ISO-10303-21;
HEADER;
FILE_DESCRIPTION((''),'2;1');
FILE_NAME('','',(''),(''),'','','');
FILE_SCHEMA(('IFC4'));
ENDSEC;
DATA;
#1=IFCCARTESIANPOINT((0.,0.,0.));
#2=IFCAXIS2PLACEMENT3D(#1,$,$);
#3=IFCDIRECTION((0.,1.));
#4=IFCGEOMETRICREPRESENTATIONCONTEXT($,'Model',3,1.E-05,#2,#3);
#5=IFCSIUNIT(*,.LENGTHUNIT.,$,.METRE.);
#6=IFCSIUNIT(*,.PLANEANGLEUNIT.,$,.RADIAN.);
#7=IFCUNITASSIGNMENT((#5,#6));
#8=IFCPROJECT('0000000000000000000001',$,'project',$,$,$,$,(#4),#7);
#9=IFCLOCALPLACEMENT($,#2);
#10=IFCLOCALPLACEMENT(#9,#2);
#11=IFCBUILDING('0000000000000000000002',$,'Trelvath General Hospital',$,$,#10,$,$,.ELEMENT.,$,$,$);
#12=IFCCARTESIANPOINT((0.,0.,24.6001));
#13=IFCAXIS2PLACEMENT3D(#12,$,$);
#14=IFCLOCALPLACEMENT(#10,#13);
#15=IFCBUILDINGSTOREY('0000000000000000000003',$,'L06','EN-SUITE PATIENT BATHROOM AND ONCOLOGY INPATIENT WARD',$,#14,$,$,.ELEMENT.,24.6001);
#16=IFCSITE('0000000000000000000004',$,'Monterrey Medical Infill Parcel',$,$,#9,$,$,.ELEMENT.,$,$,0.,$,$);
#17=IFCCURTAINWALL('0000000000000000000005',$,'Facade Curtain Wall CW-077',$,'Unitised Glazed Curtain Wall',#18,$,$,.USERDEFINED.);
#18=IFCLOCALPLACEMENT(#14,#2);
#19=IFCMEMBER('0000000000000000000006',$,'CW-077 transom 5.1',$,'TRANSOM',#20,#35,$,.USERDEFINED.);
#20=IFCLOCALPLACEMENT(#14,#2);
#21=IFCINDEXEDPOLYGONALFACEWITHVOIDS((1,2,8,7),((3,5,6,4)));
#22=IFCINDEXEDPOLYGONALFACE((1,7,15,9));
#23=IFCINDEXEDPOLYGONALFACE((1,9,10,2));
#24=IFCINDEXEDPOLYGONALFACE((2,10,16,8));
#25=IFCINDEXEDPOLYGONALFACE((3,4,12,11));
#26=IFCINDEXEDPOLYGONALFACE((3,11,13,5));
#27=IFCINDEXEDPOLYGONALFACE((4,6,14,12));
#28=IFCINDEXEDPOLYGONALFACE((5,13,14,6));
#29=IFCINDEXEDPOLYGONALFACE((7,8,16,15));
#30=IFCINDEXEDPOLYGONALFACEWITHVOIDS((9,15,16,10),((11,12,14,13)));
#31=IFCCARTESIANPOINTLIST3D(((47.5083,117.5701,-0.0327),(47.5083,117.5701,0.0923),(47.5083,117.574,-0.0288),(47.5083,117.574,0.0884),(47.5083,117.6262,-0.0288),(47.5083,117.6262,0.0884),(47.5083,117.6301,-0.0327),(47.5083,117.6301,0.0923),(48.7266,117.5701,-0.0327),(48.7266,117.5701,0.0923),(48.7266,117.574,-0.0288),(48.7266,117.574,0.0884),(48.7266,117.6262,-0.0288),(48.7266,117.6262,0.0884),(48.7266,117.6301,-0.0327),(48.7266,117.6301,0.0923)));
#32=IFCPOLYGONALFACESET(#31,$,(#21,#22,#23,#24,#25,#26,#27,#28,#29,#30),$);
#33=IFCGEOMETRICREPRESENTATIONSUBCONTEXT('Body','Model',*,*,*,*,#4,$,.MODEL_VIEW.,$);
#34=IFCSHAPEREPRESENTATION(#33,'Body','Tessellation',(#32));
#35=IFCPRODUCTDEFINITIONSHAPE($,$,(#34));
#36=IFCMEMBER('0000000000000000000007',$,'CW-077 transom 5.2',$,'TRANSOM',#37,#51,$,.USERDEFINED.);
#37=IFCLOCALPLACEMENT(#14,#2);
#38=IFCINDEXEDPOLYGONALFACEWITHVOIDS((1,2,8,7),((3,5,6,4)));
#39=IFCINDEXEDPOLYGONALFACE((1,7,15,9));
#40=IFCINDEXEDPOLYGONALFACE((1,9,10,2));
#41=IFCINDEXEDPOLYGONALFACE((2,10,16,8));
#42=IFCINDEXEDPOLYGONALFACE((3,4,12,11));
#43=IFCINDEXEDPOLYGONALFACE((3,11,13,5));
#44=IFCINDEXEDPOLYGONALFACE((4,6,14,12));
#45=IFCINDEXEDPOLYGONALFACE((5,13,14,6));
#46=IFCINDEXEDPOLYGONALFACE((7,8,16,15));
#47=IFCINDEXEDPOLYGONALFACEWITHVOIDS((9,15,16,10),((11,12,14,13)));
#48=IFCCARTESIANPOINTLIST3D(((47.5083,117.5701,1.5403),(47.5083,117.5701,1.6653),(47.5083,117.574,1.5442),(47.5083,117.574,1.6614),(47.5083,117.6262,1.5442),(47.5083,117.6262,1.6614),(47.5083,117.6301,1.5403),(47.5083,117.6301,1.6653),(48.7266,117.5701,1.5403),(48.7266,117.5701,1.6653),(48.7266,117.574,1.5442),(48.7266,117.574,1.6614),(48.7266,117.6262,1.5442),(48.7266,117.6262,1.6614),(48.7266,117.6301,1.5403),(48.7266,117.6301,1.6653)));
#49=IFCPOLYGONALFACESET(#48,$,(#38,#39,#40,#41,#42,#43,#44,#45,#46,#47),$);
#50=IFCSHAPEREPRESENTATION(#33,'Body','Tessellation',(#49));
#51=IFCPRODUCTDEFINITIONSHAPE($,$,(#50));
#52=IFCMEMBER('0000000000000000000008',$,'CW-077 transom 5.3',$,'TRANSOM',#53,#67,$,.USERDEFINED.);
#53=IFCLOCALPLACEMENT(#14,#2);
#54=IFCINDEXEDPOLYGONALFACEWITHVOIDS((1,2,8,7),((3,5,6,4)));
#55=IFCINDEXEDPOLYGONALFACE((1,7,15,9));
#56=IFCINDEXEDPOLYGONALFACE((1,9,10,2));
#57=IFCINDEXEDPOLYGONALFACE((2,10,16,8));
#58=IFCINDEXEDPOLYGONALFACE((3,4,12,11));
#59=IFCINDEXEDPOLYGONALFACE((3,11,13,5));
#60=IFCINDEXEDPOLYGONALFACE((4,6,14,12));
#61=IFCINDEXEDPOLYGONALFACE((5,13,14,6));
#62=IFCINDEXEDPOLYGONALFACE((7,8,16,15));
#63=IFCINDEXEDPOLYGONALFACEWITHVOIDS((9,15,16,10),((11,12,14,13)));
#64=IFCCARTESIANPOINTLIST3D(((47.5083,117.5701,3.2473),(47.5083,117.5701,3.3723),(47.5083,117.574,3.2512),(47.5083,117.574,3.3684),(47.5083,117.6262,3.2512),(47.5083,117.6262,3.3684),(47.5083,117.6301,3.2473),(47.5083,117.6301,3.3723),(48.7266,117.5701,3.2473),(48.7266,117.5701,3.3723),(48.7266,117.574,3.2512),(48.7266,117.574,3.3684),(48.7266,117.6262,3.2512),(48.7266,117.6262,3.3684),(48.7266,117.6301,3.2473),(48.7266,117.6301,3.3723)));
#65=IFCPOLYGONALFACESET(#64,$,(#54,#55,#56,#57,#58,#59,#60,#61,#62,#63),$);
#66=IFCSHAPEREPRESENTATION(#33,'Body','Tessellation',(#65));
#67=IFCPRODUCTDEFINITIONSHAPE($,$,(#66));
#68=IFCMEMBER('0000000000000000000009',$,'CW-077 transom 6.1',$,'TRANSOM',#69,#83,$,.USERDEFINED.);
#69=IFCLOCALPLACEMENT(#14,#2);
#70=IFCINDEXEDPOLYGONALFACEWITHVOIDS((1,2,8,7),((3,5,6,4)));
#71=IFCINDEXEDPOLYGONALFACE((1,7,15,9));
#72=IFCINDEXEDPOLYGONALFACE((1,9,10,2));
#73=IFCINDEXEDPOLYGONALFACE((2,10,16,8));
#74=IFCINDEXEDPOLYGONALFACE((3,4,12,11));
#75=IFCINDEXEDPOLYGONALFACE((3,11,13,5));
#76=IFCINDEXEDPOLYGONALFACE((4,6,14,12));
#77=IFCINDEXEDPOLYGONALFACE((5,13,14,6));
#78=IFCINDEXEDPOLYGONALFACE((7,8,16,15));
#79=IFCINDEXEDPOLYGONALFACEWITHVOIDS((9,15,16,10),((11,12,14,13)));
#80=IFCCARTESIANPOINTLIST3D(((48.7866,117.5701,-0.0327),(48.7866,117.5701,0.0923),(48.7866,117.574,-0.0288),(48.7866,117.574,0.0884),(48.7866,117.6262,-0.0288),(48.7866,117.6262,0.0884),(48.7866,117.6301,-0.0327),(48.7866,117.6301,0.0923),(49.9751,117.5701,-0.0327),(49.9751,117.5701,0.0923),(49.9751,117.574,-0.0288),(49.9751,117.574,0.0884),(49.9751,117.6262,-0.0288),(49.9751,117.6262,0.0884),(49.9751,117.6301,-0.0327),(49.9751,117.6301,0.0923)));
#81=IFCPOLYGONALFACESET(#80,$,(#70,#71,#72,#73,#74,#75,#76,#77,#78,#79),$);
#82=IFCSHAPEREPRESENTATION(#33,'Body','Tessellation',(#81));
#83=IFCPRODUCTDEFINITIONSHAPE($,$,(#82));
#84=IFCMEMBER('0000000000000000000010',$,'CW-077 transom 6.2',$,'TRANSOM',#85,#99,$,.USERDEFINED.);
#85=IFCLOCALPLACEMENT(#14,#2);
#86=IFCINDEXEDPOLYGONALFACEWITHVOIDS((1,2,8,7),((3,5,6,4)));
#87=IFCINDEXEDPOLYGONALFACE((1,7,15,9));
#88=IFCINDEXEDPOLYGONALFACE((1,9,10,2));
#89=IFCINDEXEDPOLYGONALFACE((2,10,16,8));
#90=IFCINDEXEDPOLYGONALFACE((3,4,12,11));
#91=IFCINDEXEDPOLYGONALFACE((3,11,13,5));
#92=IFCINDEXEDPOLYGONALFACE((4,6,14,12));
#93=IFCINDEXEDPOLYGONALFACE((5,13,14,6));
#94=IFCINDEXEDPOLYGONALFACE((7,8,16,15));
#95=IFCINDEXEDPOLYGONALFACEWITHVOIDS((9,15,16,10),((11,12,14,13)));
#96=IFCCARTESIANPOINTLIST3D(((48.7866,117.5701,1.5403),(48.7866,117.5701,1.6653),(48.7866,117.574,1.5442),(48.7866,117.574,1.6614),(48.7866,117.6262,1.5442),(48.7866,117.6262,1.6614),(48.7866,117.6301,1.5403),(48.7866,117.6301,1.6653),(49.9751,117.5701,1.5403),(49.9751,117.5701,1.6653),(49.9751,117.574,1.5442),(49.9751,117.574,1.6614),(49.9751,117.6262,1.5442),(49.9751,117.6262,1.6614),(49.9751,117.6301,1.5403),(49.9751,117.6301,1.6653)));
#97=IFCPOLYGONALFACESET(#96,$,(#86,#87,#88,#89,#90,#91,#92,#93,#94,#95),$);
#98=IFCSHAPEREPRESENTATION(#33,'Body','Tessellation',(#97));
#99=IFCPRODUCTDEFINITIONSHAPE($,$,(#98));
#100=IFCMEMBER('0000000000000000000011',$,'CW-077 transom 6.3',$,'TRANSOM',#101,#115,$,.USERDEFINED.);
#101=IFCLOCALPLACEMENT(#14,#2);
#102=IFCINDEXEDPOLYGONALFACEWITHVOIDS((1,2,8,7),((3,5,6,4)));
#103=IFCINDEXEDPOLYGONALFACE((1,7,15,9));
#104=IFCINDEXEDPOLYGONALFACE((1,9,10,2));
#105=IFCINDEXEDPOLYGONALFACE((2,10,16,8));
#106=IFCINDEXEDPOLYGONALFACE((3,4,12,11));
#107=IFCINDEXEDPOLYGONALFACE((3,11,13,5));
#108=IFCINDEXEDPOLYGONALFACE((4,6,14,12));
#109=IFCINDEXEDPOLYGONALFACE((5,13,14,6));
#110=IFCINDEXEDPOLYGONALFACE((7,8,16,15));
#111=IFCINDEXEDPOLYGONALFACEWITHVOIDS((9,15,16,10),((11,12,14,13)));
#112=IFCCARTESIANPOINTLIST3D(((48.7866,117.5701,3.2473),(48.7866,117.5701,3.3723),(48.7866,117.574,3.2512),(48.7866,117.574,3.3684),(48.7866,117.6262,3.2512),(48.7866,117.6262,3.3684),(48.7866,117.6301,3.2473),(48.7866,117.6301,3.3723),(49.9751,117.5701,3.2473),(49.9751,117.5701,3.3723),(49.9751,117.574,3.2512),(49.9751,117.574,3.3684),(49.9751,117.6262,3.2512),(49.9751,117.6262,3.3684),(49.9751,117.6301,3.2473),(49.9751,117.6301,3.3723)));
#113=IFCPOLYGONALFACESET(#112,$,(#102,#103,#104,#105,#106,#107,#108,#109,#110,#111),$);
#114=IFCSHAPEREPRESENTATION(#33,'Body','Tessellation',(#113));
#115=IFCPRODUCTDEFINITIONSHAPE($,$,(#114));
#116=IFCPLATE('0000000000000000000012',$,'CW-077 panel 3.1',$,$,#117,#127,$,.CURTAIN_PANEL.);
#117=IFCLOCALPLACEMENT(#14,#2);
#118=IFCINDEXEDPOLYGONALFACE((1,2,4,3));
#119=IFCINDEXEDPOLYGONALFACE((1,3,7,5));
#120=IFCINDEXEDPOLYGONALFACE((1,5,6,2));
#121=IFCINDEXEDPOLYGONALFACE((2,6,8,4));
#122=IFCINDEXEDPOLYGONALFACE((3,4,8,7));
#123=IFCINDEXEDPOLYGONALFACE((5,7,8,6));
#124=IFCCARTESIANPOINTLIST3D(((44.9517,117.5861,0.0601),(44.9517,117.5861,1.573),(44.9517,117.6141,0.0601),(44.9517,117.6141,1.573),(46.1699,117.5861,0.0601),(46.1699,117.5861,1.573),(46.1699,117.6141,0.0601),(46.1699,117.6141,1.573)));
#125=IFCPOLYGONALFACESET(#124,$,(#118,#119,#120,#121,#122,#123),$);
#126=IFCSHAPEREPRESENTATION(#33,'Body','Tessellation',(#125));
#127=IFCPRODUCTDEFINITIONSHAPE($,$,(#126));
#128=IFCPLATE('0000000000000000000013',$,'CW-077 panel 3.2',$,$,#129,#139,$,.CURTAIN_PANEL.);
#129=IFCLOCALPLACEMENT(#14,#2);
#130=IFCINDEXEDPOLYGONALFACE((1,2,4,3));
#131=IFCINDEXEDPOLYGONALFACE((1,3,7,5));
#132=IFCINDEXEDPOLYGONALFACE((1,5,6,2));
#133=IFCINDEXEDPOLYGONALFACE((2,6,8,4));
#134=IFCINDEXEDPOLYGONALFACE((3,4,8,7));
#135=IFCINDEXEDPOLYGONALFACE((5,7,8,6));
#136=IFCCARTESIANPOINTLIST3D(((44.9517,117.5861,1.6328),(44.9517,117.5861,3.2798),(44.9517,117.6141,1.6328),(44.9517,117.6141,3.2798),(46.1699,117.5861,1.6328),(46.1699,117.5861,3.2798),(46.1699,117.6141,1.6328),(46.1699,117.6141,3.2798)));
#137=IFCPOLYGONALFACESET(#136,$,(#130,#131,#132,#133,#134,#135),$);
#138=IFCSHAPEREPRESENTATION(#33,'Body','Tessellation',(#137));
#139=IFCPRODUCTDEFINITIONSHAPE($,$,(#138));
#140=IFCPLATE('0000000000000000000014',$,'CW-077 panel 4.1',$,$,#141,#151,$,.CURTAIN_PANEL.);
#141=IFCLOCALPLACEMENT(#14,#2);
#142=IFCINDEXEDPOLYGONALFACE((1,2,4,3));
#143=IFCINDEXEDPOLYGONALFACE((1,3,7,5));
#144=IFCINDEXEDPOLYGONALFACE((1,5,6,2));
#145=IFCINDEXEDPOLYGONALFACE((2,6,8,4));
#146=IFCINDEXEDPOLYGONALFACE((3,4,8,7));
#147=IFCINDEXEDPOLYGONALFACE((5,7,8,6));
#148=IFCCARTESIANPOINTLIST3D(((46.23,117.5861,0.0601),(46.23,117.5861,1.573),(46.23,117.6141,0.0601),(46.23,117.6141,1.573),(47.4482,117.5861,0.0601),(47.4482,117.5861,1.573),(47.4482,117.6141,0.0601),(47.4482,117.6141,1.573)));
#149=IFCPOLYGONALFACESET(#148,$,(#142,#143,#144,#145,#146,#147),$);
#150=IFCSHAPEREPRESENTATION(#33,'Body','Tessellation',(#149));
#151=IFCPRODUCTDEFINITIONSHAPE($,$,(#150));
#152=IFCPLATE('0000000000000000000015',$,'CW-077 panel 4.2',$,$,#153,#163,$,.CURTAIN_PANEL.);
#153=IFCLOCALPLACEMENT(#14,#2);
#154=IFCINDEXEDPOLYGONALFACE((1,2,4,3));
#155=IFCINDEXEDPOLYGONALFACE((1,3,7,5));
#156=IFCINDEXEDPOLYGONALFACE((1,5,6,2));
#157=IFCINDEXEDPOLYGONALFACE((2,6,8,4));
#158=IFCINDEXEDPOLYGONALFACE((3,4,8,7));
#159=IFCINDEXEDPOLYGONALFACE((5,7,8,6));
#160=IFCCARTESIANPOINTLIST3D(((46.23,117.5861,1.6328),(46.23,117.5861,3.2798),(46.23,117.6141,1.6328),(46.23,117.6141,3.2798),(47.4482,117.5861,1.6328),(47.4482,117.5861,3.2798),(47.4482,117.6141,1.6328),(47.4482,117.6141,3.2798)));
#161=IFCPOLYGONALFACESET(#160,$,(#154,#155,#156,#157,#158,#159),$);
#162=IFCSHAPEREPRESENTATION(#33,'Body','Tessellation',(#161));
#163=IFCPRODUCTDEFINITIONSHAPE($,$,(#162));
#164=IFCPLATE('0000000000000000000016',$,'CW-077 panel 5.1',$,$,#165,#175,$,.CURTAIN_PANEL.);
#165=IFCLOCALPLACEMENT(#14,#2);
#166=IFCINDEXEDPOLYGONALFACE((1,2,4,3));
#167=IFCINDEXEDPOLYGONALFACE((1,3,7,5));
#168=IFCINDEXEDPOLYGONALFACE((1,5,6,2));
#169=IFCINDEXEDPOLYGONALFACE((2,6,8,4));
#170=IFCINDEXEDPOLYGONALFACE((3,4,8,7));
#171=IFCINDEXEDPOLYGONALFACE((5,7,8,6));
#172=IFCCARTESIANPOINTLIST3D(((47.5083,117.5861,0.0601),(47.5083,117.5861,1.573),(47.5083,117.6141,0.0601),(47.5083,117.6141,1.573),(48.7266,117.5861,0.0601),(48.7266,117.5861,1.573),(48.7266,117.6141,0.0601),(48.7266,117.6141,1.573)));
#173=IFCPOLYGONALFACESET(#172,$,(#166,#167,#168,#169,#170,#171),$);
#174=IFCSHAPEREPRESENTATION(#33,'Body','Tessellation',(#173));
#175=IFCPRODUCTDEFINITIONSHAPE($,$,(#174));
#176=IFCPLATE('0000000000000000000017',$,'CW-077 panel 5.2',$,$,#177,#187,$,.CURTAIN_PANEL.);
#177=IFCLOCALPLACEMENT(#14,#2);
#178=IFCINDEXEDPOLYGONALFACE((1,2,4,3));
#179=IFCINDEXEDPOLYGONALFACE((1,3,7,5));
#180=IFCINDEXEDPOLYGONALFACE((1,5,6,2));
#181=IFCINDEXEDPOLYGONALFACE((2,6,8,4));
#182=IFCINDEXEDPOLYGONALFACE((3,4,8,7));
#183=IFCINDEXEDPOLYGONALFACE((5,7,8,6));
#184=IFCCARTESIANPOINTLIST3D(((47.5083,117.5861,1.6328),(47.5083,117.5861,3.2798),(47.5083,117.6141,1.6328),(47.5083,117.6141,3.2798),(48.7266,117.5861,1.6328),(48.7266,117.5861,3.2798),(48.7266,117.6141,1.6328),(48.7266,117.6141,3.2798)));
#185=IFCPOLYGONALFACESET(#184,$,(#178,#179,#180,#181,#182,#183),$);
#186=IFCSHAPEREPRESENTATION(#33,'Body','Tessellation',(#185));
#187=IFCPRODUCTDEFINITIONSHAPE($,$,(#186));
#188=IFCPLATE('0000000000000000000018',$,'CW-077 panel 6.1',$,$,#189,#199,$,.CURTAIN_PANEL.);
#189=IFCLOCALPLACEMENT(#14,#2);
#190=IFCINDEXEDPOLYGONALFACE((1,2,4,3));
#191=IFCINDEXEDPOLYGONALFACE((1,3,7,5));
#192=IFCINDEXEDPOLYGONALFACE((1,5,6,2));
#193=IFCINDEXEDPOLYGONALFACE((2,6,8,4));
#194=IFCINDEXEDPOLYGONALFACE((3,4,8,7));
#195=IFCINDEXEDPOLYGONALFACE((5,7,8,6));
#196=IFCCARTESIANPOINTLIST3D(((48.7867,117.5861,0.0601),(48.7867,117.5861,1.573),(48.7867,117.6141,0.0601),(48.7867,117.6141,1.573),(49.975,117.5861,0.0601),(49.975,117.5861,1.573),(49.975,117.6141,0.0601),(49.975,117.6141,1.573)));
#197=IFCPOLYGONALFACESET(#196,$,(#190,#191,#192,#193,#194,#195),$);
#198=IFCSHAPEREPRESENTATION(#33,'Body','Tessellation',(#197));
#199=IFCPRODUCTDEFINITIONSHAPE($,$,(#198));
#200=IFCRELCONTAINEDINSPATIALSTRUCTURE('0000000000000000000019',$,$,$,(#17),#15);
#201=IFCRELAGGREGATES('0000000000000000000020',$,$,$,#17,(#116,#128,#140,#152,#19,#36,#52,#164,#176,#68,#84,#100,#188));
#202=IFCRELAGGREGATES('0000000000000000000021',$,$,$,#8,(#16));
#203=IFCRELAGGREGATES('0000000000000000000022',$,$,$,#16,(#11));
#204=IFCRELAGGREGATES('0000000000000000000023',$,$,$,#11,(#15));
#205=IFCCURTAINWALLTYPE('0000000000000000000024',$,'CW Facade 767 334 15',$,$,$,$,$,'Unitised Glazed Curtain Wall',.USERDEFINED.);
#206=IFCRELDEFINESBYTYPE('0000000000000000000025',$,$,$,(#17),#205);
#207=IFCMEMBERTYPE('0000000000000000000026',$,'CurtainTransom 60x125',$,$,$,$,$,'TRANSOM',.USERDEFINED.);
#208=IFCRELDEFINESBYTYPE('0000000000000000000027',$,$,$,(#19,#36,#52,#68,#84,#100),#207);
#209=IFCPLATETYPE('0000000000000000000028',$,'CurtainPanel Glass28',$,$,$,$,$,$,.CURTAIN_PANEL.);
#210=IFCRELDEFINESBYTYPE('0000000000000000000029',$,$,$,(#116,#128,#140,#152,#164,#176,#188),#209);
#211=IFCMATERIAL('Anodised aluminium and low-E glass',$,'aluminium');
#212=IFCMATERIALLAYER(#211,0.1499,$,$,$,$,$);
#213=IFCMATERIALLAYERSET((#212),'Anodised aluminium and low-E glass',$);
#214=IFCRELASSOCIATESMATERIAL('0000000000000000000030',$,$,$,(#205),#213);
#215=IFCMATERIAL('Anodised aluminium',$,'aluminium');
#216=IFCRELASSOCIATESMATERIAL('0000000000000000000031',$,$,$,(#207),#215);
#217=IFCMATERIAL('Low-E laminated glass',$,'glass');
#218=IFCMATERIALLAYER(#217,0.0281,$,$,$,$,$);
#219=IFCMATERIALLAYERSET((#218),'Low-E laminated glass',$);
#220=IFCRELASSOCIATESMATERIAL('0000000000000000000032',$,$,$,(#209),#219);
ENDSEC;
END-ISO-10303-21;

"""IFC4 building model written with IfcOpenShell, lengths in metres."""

from ifc_helpers import new_model, si_unit, direction, frame, origin, origin_2d, place, context, subcontext, project, spatial, rectangle, hollow_rectangle, extrude, material, layer, layer_set, material_profile, profile_set, type_object, element, aggregate, save


model = new_model("IFC4")

# Units and contexts
model_context = context("Model", 3, precision=1e-05, world=origin(), true_north=direction((0.0, 1.0)))
body_context = subcontext(model_context, "Body", "Model", "MODEL_VIEW")
ifc_project = project(units=[si_unit("LENGTHUNIT", "METRE"), si_unit("PLANEANGLEUNIT", "RADIAN")], contexts=[model_context])

# Site, building, storey
site_placement = place(None, origin())
site = spatial("IfcSite", under=ifc_project, at=site_placement, Name="Monterrey Medical Infill Parcel", CompositionType="ELEMENT", RefElevation=0.0)
building_placement = place(site_placement, origin())
building = spatial("IfcBuilding", under=site, at=building_placement, Name="Trelvath General Hospital", CompositionType="ELEMENT")
storey_placement = place(building_placement, frame((0.0, 0.0, 24.6001)))
storey = spatial("IfcBuildingStorey", under=building, at=storey_placement, Name="L06", Description="EN-SUITE PATIENT BATHROOM AND ONCOLOGY INPATIENT WARD", CompositionType="ELEMENT", Elevation=24.6001)

# Curtain wall, members, plates
ifc_material_1 = material(Name="Anodised aluminium and low-E glass", Category="aluminium")
ifc_layer_1 = layer(ifc_material_1, 0.1499)
ifc_layer_set_1 = layer_set([ifc_layer_1], Name="Anodised aluminium and low-E glass")
curtain_wall_type = type_object("IfcCurtainWallType", Name="CW Facade 767 334 15", ElementType="Unitised Glazed Curtain Wall", PredefinedType="USERDEFINED", material=ifc_layer_set_1)
curtain_wall_placement = place(storey_placement, origin())
curtain_wall = element("IfcCurtainWall", 1, at=curtain_wall_placement, inside=storey, type_object=curtain_wall_type, Name="Facade Curtain Wall CW-077", ObjectType="Unitised Glazed Curtain Wall", PredefinedType="USERDEFINED")
ifc_material_2 = material(Name="Anodised aluminium", Category="aluminium")
ifc_material_profile_1 = material_profile(ifc_material_2, hollow_rectangle(XDim=0.0601, YDim=0.125, WallThickness=0.0039, at=origin_2d()), Name="RHS60x125x4")
ifc_profile_set_1 = profile_set([ifc_material_profile_1], Name="Anodised aluminium")
member_type_1 = type_object("IfcMemberType", Name="CurtainTransom 60x125", ElementType="TRANSOM", PredefinedType="USERDEFINED", material=ifc_profile_set_1)
member_1_placement = place(storey_placement, frame((47.5083, 117.6001, 0.0298), z_axis=(1.0, 0.0, 0.0), x_axis=(0.0, 1.0, 0.0)))
member_1 = element("IfcMember", 2, at=member_1_placement, type_object=member_type_1, Name="CW-077 transom 5.1", ObjectType="TRANSOM", PredefinedType="USERDEFINED", context=body_context, shape_type="SweptSolid", body=[
    extrude(hollow_rectangle(XDim=0.0601, YDim=0.125, WallThickness=0.0039, at=origin_2d()), origin(), (0.0, 0.0, 1.0), 1.2183),
])
member_2_placement = place(storey_placement, frame((47.5083, 117.6001, 1.6028), z_axis=(1.0, 0.0, 0.0), x_axis=(0.0, 1.0, 0.0)))
member_2 = element("IfcMember", 3, at=member_2_placement, type_object=member_type_1, Name="CW-077 transom 5.2", ObjectType="TRANSOM", PredefinedType="USERDEFINED", context=body_context, shape_type="SweptSolid", body=[
    extrude(hollow_rectangle(XDim=0.0601, YDim=0.125, WallThickness=0.0039, at=origin_2d()), origin(), (0.0, 0.0, 1.0), 1.2183),
])
member_3_placement = place(storey_placement, frame((47.5083, 117.6001, 3.3098), z_axis=(1.0, 0.0, 0.0), x_axis=(0.0, 1.0, 0.0)))
member_3 = element("IfcMember", 4, at=member_3_placement, type_object=member_type_1, Name="CW-077 transom 5.3", ObjectType="TRANSOM", PredefinedType="USERDEFINED", context=body_context, shape_type="SweptSolid", body=[
    extrude(hollow_rectangle(XDim=0.0601, YDim=0.125, WallThickness=0.0039, at=origin_2d()), origin(), (0.0, 0.0, 1.0), 1.2183),
])
member_4_placement = place(storey_placement, frame((48.7866, 117.6001, 0.0298), z_axis=(1.0, 0.0, 0.0), x_axis=(0.0, 1.0, 0.0)))
member_4 = element("IfcMember", 5, at=member_4_placement, type_object=member_type_1, Name="CW-077 transom 6.1", ObjectType="TRANSOM", PredefinedType="USERDEFINED", context=body_context, shape_type="SweptSolid", body=[
    extrude(hollow_rectangle(XDim=0.0601, YDim=0.125, WallThickness=0.0039, at=origin_2d()), origin(), (0.0, 0.0, 1.0), 1.1885),
])
member_5_placement = place(storey_placement, frame((48.7866, 117.6001, 1.6028), z_axis=(1.0, 0.0, 0.0), x_axis=(0.0, 1.0, 0.0)))
member_5 = element("IfcMember", 6, at=member_5_placement, type_object=member_type_1, Name="CW-077 transom 6.2", ObjectType="TRANSOM", PredefinedType="USERDEFINED", context=body_context, shape_type="SweptSolid", body=[
    extrude(hollow_rectangle(XDim=0.0601, YDim=0.125, WallThickness=0.0039, at=origin_2d()), origin(), (0.0, 0.0, 1.0), 1.1885),
])
member_6_placement = place(storey_placement, frame((48.7866, 117.6001, 3.3098), z_axis=(1.0, 0.0, 0.0), x_axis=(0.0, 1.0, 0.0)))
member_6 = element("IfcMember", 7, at=member_6_placement, type_object=member_type_1, Name="CW-077 transom 6.3", ObjectType="TRANSOM", PredefinedType="USERDEFINED", context=body_context, shape_type="SweptSolid", body=[
    extrude(hollow_rectangle(XDim=0.0601, YDim=0.125, WallThickness=0.0039, at=origin_2d()), origin(), (0.0, 0.0, 1.0), 1.1885),
])
ifc_material_3 = material(Name="Low-E laminated glass", Category="glass")
ifc_layer_2 = layer(ifc_material_3, 0.0281)
ifc_layer_set_2 = layer_set([ifc_layer_2], Name="Low-E laminated glass")
plate_type = type_object("IfcPlateType", Name="CurtainPanel Glass28", PredefinedType="CURTAIN_PANEL", material=ifc_layer_set_2)
plate_1_placement = place(storey_placement, frame((45.5608, 117.6001, 0.0601), z_axis=(0.0, 0.0, 1.0), x_axis=(1.0, 0.0, 0.0)))
plate_1 = element("IfcPlate", 8, at=plate_1_placement, type_object=plate_type, Name="CW-077 panel 3.1", PredefinedType="CURTAIN_PANEL", context=body_context, shape_type="SweptSolid", body=[
    extrude(rectangle(XDim=1.2183, YDim=0.0281, at=origin_2d()), origin(), (0.0, 0.0, 1.0), 1.5129),
])
plate_2_placement = place(storey_placement, frame((45.5608, 117.6001, 1.6328), z_axis=(0.0, 0.0, 1.0), x_axis=(1.0, 0.0, 0.0)))
plate_2 = element("IfcPlate", 9, at=plate_2_placement, type_object=plate_type, Name="CW-077 panel 3.2", PredefinedType="CURTAIN_PANEL", context=body_context, shape_type="SweptSolid", body=[
    extrude(rectangle(XDim=1.2183, YDim=0.0281, at=origin_2d()), origin(), (0.0, 0.0, 1.0), 1.647),
])
plate_3_placement = place(storey_placement, frame((46.8391, 117.6001, 0.0601), z_axis=(0.0, 0.0, 1.0), x_axis=(1.0, 0.0, 0.0)))
plate_3 = element("IfcPlate", 10, at=plate_3_placement, type_object=plate_type, Name="CW-077 panel 4.1", PredefinedType="CURTAIN_PANEL", context=body_context, shape_type="SweptSolid", body=[
    extrude(rectangle(XDim=1.2183, YDim=0.0281, at=origin_2d()), origin(), (0.0, 0.0, 1.0), 1.5129),
])
plate_4_placement = place(storey_placement, frame((46.8391, 117.6001, 1.6328), z_axis=(0.0, 0.0, 1.0), x_axis=(1.0, 0.0, 0.0)))
plate_4 = element("IfcPlate", 11, at=plate_4_placement, type_object=plate_type, Name="CW-077 panel 4.2", PredefinedType="CURTAIN_PANEL", context=body_context, shape_type="SweptSolid", body=[
    extrude(rectangle(XDim=1.2183, YDim=0.0281, at=origin_2d()), origin(), (0.0, 0.0, 1.0), 1.647),
])
plate_5_placement = place(storey_placement, frame((48.1174, 117.6001, 0.0601), z_axis=(0.0, 0.0, 1.0), x_axis=(1.0, 0.0, 0.0)))
plate_5 = element("IfcPlate", 12, at=plate_5_placement, type_object=plate_type, Name="CW-077 panel 5.1", PredefinedType="CURTAIN_PANEL", context=body_context, shape_type="SweptSolid", body=[
    extrude(rectangle(XDim=1.2183, YDim=0.0281, at=origin_2d()), origin(), (0.0, 0.0, 1.0), 1.5129),
])
plate_6_placement = place(storey_placement, frame((48.1174, 117.6001, 1.6328), z_axis=(0.0, 0.0, 1.0), x_axis=(1.0, 0.0, 0.0)))
plate_6 = element("IfcPlate", 13, at=plate_6_placement, type_object=plate_type, Name="CW-077 panel 5.2", PredefinedType="CURTAIN_PANEL", context=body_context, shape_type="SweptSolid", body=[
    extrude(rectangle(XDim=1.2183, YDim=0.0281, at=origin_2d()), origin(), (0.0, 0.0, 1.0), 1.647),
])
plate_7_placement = place(storey_placement, frame((49.3809, 117.6001, 0.0601), z_axis=(0.0, 0.0, 1.0), x_axis=(1.0, 0.0, 0.0)))
plate_7 = element("IfcPlate", 14, at=plate_7_placement, type_object=plate_type, Name="CW-077 panel 6.1", PredefinedType="CURTAIN_PANEL", context=body_context, shape_type="SweptSolid", body=[
    extrude(rectangle(XDim=1.1882, YDim=0.0281, at=origin_2d()), origin(), (0.0, 0.0, 1.0), 1.5129),
])
aggregate(curtain_wall, [plate_1, plate_2, plate_3, plate_4, member_1, member_2, member_3, plate_5, plate_6, member_4, member_5, member_6, plate_7])

save(model, "model.ifc")
